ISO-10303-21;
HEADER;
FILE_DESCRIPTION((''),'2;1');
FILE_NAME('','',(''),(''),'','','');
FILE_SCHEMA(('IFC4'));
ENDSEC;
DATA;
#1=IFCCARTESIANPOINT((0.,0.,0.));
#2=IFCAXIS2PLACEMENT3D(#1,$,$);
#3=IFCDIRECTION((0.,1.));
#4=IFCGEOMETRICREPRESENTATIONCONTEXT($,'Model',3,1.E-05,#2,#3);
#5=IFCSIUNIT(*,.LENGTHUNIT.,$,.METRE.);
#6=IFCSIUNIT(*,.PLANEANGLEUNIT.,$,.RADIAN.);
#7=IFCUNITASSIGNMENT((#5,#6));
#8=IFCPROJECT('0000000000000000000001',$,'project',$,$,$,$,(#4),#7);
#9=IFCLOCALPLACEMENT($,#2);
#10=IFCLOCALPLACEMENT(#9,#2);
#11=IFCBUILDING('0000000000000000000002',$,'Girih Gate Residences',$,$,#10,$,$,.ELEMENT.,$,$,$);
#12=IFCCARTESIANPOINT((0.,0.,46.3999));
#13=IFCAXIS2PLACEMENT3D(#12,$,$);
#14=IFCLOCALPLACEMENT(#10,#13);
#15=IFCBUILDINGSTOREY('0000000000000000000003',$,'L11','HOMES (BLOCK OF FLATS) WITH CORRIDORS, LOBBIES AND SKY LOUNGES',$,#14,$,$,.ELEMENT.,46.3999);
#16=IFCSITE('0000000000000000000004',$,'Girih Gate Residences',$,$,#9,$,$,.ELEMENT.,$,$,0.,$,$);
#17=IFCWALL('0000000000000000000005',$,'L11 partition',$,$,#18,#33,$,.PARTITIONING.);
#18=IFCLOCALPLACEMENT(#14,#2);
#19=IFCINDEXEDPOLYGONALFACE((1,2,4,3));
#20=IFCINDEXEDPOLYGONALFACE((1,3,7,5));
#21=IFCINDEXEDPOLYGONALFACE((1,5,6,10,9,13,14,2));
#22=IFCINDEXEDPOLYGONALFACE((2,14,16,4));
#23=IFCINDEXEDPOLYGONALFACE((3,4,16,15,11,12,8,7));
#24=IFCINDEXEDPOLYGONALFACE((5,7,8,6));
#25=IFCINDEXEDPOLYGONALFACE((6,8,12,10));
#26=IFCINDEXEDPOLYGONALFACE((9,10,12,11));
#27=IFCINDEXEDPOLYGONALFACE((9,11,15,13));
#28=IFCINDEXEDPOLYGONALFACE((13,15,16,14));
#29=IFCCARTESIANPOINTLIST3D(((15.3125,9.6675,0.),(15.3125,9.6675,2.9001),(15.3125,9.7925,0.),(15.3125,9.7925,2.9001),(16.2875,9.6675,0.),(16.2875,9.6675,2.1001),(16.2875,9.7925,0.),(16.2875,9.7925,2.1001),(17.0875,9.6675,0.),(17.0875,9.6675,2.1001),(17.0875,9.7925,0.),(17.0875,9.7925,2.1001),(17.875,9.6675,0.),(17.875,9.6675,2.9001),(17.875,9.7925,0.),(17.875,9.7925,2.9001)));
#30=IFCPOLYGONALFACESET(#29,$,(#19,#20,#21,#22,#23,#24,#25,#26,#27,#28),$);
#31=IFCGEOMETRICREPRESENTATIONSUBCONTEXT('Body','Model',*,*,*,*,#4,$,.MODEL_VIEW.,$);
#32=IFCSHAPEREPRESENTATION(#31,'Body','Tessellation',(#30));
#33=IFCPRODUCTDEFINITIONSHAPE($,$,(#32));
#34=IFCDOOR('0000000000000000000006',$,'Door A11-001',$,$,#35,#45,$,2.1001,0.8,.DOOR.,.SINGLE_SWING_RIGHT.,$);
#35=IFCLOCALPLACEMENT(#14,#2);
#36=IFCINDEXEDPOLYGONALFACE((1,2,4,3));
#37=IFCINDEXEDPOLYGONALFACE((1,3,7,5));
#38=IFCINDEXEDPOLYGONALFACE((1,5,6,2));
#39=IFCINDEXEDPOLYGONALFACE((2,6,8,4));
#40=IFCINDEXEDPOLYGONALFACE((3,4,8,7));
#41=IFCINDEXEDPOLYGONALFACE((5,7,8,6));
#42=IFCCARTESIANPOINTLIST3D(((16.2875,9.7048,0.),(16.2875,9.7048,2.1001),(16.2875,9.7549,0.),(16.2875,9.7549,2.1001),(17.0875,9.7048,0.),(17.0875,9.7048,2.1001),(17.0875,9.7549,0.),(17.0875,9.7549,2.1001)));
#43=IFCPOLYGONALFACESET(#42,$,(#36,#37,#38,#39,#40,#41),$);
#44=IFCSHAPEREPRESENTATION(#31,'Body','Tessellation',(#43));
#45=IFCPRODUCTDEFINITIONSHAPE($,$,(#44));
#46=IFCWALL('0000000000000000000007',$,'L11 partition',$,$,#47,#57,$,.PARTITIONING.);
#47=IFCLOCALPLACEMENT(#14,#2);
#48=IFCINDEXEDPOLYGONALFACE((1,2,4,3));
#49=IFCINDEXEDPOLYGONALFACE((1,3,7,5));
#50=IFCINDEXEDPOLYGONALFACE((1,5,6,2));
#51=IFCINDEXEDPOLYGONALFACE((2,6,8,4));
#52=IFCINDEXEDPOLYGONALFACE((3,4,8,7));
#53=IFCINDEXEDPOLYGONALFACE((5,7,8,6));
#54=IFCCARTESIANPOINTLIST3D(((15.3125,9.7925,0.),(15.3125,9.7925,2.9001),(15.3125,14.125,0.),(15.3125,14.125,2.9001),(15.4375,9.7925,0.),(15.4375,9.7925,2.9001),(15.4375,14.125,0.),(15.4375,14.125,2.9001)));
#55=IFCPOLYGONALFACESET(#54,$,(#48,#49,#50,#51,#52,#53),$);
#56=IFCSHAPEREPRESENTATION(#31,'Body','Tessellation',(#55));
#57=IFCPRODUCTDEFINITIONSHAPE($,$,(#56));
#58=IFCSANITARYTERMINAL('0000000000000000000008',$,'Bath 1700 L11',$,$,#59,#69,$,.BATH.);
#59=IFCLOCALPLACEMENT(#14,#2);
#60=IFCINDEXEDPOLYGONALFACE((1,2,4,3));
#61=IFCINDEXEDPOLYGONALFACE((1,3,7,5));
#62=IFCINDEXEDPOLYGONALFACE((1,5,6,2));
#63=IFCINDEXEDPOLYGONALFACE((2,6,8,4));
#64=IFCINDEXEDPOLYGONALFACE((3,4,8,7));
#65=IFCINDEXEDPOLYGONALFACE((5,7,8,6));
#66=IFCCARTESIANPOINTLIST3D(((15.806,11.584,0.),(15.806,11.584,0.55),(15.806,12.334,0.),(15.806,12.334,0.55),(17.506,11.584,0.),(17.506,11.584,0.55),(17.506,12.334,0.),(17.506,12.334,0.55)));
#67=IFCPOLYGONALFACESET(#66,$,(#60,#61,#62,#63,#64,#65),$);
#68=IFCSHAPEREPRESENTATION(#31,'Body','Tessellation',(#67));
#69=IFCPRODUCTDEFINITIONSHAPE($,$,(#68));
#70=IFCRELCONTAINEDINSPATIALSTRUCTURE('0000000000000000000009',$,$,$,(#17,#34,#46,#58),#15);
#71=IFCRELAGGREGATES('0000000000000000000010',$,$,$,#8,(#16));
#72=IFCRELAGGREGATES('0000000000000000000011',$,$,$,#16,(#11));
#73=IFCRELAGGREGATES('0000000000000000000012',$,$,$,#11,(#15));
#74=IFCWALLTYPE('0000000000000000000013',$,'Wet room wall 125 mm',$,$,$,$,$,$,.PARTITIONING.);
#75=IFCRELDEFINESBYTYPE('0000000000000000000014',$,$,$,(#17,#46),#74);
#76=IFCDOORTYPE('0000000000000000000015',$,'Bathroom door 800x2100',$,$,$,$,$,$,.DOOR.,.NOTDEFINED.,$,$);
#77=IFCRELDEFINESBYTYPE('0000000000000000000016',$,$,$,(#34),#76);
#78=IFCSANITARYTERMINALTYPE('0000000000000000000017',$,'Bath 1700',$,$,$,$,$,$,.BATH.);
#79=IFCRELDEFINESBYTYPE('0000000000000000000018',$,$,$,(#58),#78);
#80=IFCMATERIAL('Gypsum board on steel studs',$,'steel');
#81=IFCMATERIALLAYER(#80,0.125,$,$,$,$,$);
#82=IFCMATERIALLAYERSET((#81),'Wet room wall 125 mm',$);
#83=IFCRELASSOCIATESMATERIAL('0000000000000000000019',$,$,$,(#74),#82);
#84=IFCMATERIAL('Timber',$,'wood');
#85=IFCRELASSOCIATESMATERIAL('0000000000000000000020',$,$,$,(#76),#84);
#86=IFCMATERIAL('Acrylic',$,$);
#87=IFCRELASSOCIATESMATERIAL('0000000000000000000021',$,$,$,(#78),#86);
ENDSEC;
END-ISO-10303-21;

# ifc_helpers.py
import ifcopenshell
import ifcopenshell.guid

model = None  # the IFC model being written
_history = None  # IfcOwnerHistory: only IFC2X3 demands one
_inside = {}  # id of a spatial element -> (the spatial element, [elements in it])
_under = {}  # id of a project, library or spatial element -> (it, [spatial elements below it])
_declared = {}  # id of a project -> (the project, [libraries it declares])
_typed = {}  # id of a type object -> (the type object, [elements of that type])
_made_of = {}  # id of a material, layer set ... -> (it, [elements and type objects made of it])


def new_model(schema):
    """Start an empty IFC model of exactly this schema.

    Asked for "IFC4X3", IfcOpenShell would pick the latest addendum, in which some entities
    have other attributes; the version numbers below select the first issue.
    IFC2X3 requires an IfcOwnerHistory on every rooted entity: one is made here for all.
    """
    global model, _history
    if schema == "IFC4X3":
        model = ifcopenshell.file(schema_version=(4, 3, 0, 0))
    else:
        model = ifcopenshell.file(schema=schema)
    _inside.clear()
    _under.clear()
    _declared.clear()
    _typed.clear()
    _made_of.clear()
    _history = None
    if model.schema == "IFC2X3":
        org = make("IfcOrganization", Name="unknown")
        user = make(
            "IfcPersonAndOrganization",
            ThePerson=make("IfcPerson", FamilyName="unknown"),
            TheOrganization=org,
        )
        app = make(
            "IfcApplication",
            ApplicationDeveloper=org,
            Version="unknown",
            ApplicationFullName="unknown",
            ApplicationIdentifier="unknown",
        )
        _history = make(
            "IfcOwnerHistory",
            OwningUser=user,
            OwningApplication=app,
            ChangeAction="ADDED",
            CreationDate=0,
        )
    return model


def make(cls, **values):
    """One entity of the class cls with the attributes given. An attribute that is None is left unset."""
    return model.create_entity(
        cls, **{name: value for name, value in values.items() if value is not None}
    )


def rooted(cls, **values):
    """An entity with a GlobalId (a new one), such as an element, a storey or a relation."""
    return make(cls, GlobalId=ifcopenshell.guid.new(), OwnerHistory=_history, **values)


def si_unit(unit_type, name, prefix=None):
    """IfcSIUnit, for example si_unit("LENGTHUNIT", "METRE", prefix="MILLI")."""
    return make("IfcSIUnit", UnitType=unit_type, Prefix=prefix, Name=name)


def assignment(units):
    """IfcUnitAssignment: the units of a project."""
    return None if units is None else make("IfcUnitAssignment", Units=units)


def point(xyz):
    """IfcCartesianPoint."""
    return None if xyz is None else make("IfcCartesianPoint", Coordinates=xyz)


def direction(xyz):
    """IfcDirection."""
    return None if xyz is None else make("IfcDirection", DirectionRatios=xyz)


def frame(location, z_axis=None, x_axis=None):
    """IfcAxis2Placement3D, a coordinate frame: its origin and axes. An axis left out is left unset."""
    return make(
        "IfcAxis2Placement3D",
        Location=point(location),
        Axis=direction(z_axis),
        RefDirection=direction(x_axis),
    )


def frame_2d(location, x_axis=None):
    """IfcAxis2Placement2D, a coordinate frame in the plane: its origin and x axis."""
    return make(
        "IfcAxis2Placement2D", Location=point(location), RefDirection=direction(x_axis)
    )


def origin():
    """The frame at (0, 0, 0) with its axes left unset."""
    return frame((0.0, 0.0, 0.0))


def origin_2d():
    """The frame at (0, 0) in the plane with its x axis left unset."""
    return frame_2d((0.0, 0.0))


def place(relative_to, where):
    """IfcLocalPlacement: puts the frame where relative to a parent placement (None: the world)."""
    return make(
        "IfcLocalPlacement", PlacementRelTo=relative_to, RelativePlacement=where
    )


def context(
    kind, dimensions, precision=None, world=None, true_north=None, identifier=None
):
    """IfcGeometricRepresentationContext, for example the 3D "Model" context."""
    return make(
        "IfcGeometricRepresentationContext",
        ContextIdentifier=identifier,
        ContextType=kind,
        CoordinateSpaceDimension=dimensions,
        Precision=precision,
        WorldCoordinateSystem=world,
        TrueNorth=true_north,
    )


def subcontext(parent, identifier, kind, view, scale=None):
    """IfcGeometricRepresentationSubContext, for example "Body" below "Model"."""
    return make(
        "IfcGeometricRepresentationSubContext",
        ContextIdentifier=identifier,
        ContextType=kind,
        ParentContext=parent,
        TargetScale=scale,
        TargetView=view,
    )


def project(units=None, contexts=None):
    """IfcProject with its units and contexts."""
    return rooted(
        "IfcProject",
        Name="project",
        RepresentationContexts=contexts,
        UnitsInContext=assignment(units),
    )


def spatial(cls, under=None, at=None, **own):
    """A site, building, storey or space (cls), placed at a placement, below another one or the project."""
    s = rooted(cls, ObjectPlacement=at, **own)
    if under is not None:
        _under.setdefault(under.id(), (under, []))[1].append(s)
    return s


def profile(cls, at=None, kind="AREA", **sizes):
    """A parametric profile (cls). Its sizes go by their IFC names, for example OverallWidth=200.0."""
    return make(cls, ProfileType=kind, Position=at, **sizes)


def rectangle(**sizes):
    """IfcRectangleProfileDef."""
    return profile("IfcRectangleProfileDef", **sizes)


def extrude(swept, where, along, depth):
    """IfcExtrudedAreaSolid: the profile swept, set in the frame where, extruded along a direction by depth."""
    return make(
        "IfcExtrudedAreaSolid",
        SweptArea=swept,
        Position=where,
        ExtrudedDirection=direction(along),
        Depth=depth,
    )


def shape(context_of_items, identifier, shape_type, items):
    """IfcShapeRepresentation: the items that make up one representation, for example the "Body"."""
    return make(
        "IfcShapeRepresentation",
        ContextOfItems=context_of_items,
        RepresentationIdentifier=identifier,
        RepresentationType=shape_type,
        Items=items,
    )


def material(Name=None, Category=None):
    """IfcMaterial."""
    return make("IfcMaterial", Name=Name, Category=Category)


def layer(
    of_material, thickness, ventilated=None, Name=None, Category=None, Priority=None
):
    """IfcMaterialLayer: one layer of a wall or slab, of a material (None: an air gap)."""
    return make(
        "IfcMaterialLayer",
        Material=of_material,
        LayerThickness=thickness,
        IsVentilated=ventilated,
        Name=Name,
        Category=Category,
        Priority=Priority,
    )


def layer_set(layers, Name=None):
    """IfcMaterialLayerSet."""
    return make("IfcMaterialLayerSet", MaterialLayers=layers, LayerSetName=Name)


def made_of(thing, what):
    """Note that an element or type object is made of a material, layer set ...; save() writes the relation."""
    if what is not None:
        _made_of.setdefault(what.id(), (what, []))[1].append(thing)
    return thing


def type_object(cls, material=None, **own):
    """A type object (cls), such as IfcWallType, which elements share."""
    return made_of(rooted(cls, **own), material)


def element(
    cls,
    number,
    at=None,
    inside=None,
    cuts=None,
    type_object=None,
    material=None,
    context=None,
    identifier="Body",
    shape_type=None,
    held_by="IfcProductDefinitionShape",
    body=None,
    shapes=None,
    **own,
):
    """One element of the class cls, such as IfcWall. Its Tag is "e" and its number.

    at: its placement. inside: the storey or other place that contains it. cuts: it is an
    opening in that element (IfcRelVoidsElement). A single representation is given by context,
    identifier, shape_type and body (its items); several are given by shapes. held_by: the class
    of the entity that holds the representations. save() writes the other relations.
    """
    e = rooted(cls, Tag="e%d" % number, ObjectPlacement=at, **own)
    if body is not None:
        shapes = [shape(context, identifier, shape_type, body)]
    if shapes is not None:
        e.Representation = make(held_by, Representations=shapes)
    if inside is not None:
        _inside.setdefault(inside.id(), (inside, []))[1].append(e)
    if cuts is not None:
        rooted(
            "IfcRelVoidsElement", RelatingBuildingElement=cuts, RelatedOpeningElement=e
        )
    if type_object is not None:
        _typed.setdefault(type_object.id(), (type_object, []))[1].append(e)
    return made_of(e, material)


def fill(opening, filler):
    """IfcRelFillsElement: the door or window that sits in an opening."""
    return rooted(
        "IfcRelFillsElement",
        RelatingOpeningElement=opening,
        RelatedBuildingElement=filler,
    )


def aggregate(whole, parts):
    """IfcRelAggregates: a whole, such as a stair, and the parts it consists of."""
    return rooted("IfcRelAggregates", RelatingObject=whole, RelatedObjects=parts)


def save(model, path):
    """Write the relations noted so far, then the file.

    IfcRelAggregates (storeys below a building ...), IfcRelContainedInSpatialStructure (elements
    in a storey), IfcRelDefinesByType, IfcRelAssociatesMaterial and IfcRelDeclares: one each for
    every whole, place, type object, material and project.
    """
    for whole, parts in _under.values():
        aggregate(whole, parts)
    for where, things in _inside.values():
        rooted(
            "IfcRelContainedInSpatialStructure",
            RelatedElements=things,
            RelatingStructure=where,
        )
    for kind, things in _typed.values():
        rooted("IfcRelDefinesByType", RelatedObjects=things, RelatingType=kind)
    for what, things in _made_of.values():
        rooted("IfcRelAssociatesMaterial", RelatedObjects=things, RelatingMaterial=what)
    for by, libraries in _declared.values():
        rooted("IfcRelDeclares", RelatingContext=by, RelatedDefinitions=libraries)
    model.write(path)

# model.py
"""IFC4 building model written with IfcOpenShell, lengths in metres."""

from ifc_helpers import new_model, si_unit, direction, frame, frame_2d, origin, origin_2d, place, context, subcontext, project, spatial, rectangle, extrude, material, layer, layer_set, type_object, element, fill, save


model = new_model("IFC4")

# Units and contexts
model_context = context("Model", 3, precision=1e-05, world=origin(), true_north=direction((0.0, 1.0)))
body_context = subcontext(model_context, "Body", "Model", "MODEL_VIEW")
ifc_project = project(units=[si_unit("LENGTHUNIT", "METRE"), si_unit("PLANEANGLEUNIT", "RADIAN")], contexts=[model_context])

# Site, building, storey
site_placement = place(None, origin())
site = spatial("IfcSite", under=ifc_project, at=site_placement, Name="Girih Gate Residences", CompositionType="ELEMENT", RefElevation=0.0)
building_placement = place(site_placement, origin())
building = spatial("IfcBuilding", under=site, at=building_placement, Name="Girih Gate Residences", CompositionType="ELEMENT")
storey_placement = place(building_placement, frame((0.0, 0.0, 46.3999)))
storey = spatial("IfcBuildingStorey", under=building, at=storey_placement, Name="L11", Description="HOMES (BLOCK OF FLATS) WITH CORRIDORS, LOBBIES AND SKY LOUNGES", CompositionType="ELEMENT", Elevation=46.3999)

# Shared definitions
ifc_material_1 = material(Name="Gypsum board on steel studs", Category="steel")

# Shared definitions
ifc_material_2 = material(Name="Timber", Category="wood")

# Wall, opening, door
ifc_layer_1 = layer(ifc_material_1, 0.125)
ifc_layer_set_1 = layer_set([ifc_layer_1], Name="Wet room wall 125 mm")
wall_type_1 = type_object("IfcWallType", Name="Wet room wall 125 mm", PredefinedType="PARTITIONING", material=ifc_layer_set_1)
wall_1_placement = place(storey_placement, frame((15.3125, 9.73, 0.0), z_axis=(0.0, 0.0, 1.0), x_axis=(1.0, 0.0, 0.0)))
wall_1 = element("IfcWall", 1, at=wall_1_placement, inside=storey, type_object=wall_type_1, Name="L11 partition", PredefinedType="PARTITIONING", context=body_context, shape_type="SweptSolid", body=[
    extrude(rectangle(XDim=2.5625, YDim=0.125, at=frame_2d((1.2812, 0.0))), origin(), (0.0, 0.0, 1.0), 2.9001),
])
opening_1_placement = place(wall_1_placement, frame((0.9751, 0.0, 0.0)))
opening_1 = element("IfcOpeningElement", 2, at=opening_1_placement, cuts=wall_1, PredefinedType="OPENING", context=body_context, shape_type="SweptSolid", body=[
    extrude(rectangle(XDim=0.8, YDim=2.1001, at=frame_2d((0.3999, 1.05))), frame((0.0, 0.0725, 0.0), z_axis=(0.0, -1.0, 0.0), x_axis=(1.0, 0.0, 0.0)), (0.0, 0.0, 1.0), 0.145),
])
door_type_1 = type_object("IfcDoorType", Name="Bathroom door 800x2100", OperationType="NOTDEFINED", PredefinedType="DOOR", material=ifc_material_2)
door_1_placement = place(opening_1_placement, origin())
door_1 = element("IfcDoor", 3, at=door_1_placement, inside=storey, type_object=door_type_1, Name="Door A11-001", OperationType="SINGLE_SWING_RIGHT", OverallHeight=2.1001, OverallWidth=0.8, PredefinedType="DOOR", context=body_context, shape_type="SweptSolid", body=[
    extrude(rectangle(XDim=0.8, YDim=2.1001, at=frame_2d((0.3999, 1.05))), frame((0.0, 0.0249, 0.0), z_axis=(0.0, -1.0, 0.0), x_axis=(1.0, 0.0, 0.0)), (0.0, 0.0, 1.0), 0.05),
])
fill(opening_1, door_1)

# Wall
wall_2_placement = place(storey_placement, frame((15.375, 9.7925, 0.0), z_axis=(0.0, 0.0, 1.0), x_axis=(0.0, 1.0, 0.0)))
element("IfcWall", 4, at=wall_2_placement, inside=storey, type_object=wall_type_1, Name="L11 partition", PredefinedType="PARTITIONING", context=body_context, shape_type="SweptSolid", body=[
    extrude(rectangle(XDim=4.3325, YDim=0.125, at=frame_2d((2.1663, 0.0))), origin(), (0.0, 0.0, 1.0), 2.9001),
])

# Sanitary terminal
ifc_material_3 = material(Name="Acrylic")
sanitary_terminal_type = type_object("IfcSanitaryTerminalType", Name="Bath 1700", PredefinedType="BATH", material=ifc_material_3)
sanitary_terminal_placement = place(storey_placement, frame((16.656, 11.959, 0.0), z_axis=(0.0, 0.0, 1.0), x_axis=(1.0, 0.0, 0.0)))
element("IfcSanitaryTerminal", 5, at=sanitary_terminal_placement, inside=storey, type_object=sanitary_terminal_type, Name="Bath 1700 L11", PredefinedType="BATH", context=body_context, shape_type="SweptSolid", body=[
    extrude(rectangle(XDim=1.7, YDim=0.75, at=origin_2d()), origin(), (0.0, 0.0, 1.0), 0.55),
])

save(model, "model.ifc")
